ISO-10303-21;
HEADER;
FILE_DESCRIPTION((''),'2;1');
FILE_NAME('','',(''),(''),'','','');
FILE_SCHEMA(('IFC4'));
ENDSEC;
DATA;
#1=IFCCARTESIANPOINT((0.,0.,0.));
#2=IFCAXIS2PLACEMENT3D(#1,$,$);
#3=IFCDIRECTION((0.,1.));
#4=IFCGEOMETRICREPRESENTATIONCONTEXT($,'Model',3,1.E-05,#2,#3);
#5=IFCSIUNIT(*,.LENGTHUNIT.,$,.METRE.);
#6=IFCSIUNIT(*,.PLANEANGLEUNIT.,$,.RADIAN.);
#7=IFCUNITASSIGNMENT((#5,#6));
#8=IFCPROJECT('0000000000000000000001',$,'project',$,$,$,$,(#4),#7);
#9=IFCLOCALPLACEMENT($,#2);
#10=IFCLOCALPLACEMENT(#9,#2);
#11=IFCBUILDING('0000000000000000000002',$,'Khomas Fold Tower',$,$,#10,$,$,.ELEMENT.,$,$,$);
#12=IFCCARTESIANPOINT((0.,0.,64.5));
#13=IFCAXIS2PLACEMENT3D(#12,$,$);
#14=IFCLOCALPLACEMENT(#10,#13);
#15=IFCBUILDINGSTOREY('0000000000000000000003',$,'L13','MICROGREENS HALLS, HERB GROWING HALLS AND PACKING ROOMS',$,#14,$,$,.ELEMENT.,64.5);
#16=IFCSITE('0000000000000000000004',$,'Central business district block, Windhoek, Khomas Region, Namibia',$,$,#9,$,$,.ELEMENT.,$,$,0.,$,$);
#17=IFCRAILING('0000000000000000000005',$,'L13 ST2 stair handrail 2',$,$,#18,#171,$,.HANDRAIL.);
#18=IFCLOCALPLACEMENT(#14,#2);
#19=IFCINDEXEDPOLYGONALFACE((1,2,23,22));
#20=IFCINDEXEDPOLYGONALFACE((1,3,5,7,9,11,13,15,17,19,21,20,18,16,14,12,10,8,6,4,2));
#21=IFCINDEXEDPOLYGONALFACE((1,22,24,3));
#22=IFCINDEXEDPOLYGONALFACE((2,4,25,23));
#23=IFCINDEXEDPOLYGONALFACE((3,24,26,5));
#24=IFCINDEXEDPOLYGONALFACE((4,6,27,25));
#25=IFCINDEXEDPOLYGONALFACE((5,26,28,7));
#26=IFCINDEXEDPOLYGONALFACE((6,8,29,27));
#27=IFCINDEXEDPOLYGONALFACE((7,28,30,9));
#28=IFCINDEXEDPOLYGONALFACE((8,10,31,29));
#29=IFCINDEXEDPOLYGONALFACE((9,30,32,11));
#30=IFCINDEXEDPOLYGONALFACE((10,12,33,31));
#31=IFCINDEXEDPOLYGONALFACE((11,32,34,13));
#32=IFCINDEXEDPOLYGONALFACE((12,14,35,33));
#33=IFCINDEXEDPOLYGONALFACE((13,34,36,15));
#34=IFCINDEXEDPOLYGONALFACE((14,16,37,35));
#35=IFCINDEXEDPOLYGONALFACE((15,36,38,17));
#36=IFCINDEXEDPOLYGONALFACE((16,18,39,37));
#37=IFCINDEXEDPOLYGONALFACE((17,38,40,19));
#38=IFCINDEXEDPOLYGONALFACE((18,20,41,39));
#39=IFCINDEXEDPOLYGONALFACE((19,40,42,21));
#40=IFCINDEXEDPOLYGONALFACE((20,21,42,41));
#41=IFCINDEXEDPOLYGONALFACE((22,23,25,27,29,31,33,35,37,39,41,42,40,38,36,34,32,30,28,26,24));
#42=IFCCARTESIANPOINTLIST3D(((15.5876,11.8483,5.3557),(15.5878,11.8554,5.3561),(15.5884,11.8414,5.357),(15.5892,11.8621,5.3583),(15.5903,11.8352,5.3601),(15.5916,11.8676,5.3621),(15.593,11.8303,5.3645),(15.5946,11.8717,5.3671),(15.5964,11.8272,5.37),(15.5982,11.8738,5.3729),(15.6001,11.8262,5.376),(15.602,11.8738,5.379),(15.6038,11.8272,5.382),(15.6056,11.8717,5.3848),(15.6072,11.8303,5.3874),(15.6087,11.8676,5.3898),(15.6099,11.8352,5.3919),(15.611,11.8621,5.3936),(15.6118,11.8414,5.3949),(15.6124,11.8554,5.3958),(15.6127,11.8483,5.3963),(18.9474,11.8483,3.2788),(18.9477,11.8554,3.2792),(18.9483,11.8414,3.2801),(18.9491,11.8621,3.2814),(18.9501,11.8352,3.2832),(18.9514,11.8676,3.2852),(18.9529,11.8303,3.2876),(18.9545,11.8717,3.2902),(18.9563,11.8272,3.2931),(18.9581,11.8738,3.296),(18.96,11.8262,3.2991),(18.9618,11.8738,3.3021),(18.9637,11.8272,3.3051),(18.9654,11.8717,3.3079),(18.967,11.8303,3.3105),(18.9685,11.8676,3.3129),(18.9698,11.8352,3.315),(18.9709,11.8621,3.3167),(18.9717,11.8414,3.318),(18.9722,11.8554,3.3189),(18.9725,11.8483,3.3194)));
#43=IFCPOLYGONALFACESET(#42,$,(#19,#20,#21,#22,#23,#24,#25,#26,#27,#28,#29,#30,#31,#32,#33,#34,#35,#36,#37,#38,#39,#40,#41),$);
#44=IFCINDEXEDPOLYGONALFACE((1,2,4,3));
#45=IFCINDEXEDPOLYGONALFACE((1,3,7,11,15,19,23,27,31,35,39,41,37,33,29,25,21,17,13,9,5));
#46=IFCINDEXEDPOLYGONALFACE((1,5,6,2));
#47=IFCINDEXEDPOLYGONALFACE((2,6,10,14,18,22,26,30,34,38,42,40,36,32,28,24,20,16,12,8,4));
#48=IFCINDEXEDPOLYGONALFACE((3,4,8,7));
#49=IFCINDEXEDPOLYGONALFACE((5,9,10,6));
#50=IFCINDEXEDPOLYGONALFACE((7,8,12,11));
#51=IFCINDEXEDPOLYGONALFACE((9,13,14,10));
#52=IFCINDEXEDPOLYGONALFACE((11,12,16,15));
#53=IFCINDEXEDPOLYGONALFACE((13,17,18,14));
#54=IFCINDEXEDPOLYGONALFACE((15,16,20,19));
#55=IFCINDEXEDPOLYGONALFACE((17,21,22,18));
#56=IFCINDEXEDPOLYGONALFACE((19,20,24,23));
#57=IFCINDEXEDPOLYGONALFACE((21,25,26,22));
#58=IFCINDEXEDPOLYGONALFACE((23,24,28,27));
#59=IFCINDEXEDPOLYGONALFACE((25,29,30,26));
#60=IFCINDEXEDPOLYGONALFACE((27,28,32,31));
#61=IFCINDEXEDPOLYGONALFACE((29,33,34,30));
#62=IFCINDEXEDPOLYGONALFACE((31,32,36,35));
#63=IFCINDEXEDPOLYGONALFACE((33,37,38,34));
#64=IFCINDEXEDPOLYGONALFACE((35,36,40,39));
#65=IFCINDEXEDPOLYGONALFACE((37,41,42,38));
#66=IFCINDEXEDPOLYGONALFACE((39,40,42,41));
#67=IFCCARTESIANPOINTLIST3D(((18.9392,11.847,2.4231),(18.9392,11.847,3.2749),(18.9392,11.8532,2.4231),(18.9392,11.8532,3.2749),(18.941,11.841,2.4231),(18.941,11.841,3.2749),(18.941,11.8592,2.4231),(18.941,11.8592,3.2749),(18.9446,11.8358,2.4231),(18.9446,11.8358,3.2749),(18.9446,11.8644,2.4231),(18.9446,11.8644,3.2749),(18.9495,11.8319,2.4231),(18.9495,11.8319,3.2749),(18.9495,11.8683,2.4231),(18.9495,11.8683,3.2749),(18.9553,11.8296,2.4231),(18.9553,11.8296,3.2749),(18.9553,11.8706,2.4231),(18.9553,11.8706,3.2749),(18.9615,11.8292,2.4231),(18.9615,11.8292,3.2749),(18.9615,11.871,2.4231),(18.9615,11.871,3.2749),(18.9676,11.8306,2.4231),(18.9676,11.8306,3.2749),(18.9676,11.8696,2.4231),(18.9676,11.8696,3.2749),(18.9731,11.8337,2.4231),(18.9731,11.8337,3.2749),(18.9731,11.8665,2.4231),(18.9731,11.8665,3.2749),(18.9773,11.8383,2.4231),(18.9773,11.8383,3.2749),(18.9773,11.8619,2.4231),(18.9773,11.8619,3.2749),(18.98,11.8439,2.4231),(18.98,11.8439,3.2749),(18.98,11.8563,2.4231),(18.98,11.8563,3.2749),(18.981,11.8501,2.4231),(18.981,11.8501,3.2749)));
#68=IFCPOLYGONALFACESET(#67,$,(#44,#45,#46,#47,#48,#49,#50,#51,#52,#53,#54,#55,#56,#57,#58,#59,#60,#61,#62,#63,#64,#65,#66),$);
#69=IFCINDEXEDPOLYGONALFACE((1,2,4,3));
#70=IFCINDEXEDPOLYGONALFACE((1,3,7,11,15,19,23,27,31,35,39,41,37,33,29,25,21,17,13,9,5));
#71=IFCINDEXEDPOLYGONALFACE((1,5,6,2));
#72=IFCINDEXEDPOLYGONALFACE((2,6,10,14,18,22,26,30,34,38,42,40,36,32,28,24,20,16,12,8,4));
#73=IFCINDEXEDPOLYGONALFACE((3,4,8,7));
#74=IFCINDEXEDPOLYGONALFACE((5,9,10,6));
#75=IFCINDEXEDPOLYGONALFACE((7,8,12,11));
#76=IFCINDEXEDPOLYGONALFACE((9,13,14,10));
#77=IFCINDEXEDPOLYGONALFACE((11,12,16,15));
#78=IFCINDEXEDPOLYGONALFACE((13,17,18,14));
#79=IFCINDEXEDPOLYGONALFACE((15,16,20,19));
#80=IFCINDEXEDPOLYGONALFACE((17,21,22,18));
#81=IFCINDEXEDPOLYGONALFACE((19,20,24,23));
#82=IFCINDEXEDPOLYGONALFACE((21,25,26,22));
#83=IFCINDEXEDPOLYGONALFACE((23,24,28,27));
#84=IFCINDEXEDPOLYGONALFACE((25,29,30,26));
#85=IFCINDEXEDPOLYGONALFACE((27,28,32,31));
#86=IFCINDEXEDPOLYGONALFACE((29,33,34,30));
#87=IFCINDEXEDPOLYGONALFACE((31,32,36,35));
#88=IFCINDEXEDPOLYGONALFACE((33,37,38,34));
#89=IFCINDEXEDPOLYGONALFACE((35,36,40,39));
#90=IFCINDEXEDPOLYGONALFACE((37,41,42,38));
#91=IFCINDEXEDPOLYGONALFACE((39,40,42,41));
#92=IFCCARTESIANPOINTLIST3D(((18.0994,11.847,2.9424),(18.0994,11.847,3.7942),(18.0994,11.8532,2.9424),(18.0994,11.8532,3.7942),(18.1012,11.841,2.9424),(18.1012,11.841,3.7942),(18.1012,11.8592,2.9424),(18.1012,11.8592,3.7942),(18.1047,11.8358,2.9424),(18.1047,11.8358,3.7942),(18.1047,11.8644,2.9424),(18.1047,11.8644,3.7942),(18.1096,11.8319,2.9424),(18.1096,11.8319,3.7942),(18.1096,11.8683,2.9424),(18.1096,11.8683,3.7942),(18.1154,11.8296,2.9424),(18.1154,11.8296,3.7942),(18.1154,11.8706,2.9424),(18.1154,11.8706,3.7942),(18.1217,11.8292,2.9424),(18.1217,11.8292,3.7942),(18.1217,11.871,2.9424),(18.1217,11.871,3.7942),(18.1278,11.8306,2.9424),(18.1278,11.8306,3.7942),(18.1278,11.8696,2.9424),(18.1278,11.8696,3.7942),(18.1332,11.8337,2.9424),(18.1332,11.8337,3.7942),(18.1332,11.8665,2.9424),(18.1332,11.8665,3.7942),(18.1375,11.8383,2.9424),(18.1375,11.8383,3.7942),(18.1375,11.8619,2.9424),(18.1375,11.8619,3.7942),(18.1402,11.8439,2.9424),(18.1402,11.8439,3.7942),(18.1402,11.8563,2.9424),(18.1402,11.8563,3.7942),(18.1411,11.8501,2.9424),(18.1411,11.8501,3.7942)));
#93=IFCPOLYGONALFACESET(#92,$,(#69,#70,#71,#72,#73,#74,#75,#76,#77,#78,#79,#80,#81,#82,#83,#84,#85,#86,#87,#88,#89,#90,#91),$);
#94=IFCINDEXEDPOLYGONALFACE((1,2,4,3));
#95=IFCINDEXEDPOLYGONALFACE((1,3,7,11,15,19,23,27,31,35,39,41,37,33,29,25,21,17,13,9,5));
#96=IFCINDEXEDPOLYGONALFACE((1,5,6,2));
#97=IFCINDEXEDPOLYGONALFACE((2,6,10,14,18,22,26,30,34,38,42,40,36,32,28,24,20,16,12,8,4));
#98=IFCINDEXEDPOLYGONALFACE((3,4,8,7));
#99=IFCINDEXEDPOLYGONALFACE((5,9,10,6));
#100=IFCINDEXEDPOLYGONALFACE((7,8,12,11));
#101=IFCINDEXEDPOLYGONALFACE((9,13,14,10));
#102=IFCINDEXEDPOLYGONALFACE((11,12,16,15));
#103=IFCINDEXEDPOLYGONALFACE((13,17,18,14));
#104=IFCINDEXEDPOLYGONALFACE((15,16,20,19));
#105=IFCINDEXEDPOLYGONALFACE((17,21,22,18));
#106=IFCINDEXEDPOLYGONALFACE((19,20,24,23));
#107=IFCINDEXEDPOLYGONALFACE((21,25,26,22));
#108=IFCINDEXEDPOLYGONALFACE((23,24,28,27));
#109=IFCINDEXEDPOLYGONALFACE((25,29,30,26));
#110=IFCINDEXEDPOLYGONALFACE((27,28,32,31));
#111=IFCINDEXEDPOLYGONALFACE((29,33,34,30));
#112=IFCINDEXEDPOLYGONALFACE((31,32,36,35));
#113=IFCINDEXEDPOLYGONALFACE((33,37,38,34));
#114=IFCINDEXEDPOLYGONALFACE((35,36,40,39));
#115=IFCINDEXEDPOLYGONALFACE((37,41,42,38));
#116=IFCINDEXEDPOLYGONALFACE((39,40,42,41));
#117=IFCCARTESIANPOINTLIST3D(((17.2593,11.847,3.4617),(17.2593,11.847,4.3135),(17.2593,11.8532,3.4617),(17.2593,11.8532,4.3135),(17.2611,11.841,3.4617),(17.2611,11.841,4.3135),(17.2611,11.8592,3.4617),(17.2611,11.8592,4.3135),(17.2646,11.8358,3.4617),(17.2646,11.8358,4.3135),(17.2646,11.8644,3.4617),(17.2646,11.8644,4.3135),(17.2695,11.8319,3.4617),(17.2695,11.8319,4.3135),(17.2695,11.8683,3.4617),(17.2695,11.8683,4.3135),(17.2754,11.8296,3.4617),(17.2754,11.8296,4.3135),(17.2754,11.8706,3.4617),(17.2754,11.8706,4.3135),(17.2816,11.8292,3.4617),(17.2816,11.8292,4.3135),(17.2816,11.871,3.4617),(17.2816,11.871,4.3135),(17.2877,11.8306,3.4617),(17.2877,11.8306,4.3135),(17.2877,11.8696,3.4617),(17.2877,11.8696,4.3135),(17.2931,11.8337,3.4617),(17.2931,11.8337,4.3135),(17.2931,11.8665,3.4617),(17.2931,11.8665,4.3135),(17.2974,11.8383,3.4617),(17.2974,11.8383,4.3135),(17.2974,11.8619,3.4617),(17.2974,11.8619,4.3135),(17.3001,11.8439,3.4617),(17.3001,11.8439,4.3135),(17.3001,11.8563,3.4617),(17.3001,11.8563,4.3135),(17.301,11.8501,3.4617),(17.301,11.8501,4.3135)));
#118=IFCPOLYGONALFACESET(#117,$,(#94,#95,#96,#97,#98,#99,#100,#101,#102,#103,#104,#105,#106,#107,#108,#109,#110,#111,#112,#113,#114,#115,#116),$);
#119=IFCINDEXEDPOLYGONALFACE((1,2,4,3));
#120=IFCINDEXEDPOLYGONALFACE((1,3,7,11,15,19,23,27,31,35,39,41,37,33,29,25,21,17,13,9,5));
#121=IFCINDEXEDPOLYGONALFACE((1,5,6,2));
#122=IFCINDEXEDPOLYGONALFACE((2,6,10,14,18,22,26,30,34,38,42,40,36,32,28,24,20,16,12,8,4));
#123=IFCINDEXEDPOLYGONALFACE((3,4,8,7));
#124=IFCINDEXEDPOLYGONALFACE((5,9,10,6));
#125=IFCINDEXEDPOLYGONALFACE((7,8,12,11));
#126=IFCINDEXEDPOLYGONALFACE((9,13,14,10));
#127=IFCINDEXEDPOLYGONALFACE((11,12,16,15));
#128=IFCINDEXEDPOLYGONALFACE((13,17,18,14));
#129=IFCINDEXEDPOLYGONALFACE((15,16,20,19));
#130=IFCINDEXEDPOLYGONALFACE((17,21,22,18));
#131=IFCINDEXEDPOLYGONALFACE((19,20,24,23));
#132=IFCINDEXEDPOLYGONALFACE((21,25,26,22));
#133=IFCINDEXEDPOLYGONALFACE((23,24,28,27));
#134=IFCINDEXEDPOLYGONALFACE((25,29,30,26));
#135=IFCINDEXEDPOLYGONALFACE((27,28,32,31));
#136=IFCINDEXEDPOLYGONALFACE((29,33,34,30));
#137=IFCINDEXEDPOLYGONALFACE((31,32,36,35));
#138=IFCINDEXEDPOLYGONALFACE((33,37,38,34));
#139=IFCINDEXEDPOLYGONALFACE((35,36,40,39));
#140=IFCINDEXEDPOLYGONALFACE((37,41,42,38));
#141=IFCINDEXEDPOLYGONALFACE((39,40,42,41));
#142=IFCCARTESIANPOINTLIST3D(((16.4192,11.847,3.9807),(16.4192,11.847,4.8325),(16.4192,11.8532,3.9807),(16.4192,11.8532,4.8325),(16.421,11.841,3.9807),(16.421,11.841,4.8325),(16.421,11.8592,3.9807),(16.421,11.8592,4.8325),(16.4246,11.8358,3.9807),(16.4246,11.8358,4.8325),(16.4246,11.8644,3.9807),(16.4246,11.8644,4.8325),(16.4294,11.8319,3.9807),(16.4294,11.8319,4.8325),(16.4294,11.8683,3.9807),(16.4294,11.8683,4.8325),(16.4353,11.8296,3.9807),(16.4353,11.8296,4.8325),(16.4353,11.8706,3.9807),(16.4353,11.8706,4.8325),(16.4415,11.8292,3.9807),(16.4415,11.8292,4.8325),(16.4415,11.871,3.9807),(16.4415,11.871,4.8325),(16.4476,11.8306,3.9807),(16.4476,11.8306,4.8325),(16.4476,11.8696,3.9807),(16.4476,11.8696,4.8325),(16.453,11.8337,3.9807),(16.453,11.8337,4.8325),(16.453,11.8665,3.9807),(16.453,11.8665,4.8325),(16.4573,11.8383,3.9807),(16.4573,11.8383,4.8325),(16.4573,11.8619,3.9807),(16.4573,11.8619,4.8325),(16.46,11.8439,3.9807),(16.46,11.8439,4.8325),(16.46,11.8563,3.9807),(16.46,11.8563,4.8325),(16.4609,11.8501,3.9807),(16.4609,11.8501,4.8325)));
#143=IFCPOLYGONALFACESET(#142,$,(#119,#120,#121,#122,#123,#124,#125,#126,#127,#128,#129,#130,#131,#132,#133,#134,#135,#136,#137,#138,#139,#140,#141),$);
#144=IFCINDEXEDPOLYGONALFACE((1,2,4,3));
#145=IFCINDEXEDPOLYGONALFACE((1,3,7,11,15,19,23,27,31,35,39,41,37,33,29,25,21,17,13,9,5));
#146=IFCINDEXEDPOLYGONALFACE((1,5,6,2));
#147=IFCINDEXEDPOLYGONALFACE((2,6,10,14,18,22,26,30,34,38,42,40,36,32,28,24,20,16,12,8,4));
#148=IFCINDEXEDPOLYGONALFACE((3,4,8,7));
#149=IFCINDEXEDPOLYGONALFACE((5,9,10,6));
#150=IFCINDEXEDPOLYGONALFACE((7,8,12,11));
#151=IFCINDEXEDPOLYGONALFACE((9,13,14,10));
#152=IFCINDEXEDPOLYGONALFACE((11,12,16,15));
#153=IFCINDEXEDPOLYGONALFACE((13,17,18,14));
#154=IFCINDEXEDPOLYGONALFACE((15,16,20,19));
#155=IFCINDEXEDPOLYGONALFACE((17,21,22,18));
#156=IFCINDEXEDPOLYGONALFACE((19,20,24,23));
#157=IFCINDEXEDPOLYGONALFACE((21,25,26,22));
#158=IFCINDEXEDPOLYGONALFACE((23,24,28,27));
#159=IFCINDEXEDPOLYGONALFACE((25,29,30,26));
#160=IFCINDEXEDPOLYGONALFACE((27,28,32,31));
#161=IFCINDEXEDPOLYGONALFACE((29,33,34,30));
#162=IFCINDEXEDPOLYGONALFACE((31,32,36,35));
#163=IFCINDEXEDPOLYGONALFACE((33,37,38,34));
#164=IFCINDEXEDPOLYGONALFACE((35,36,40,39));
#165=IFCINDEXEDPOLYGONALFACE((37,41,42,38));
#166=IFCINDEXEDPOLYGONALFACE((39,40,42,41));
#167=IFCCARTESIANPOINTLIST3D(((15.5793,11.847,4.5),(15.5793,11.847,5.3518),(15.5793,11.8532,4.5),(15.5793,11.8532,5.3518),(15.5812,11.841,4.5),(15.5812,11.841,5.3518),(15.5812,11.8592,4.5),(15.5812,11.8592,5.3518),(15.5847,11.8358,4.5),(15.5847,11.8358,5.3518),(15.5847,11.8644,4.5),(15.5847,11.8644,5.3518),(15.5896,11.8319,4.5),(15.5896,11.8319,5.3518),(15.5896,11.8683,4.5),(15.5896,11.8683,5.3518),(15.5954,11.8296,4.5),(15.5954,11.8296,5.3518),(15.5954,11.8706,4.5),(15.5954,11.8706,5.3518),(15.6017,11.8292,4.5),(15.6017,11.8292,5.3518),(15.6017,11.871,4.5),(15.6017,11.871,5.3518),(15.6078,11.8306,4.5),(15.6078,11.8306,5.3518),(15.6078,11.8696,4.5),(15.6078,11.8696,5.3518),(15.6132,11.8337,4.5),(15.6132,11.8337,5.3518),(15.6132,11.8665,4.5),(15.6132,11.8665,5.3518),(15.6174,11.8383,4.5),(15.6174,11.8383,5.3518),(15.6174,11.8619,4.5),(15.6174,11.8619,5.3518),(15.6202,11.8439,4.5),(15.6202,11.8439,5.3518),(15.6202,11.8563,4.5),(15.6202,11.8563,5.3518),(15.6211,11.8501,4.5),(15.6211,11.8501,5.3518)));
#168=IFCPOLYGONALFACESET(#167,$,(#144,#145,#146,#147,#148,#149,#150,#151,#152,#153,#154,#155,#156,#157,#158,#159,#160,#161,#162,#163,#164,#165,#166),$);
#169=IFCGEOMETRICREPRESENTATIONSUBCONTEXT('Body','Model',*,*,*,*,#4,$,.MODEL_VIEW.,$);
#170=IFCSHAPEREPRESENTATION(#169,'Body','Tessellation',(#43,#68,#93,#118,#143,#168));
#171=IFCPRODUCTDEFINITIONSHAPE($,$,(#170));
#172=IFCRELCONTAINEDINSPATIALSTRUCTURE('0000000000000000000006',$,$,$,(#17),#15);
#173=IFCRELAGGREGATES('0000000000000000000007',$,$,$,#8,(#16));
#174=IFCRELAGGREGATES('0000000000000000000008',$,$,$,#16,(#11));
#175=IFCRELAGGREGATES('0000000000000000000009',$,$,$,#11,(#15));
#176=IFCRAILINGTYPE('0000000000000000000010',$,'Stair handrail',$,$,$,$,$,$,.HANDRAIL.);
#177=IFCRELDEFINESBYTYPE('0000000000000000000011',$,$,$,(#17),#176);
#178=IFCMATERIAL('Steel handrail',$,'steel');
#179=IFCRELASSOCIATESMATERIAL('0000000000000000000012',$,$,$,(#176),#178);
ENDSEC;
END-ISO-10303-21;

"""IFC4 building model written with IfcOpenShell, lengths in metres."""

from ifc_helpers import new_model, si_unit, direction, frame, origin, origin_2d, place, context, subcontext, project, spatial, circle, extrude, source, transform, mapped, material, type_object, element, save


model = new_model("IFC4")

# Units and contexts
model_context = context("Model", 3, precision=1e-05, world=origin(), true_north=direction((0.0, 1.0)))
body_context = subcontext(model_context, "Body", "Model", "MODEL_VIEW")
ifc_project = project(units=[si_unit("LENGTHUNIT", "METRE"), si_unit("PLANEANGLEUNIT", "RADIAN")], contexts=[model_context])

# Site, building, storey
site_placement = place(None, origin())
site = spatial("IfcSite", under=ifc_project, at=site_placement, Name="Central business district block, Windhoek, Khomas Region, Namibia", CompositionType="ELEMENT", RefElevation=0.0)
building_placement = place(site_placement, origin())
building = spatial("IfcBuilding", under=site, at=building_placement, Name="Khomas Fold Tower", CompositionType="ELEMENT")
storey_placement = place(building_placement, frame((0.0, 0.0, 64.5)))
storey = spatial("IfcBuildingStorey", under=building, at=storey_placement, Name="L13", Description="MICROGREENS HALLS, HERB GROWING HALLS AND PACKING ROOMS", CompositionType="ELEMENT", Elevation=64.5)

# Railing
ifc_material_1 = material(Name="Steel handrail", Category="steel")
railing_type_1 = type_object("IfcRailingType", Name="Stair handrail", PredefinedType="HANDRAIL", material=ifc_material_1)
shared_shape_1 = source(origin(), body_context, "Body", "SweptSolid", [
    extrude(circle(Radius=0.0239, at=origin_2d()), frame((0.0, 0.0, 0.876), z_axis=(-0.850606, 0.0, 0.525803), x_axis=(0.0, -1.0, 0.0)), (0.0, 0.0, 1.0), 3.95),
    extrude(circle(Radius=0.021, at=origin_2d()), origin(), (0.0, 0.0, 1.0), 0.8518),
    extrude(circle(Radius=0.021, at=origin_2d()), frame((-0.8398, 0.0, 0.5193)), (0.0, 0.0, 1.0), 0.8518),
    extrude(circle(Radius=0.021, at=origin_2d()), frame((-1.6799, 0.0, 1.0386)), (0.0, 0.0, 1.0), 0.8518),
    extrude(circle(Radius=0.021, at=origin_2d()), frame((-2.52, 0.0, 1.5576)), (0.0, 0.0, 1.0), 0.8518),
    extrude(circle(Radius=0.021, at=origin_2d()), frame((-3.3599, 0.0, 2.0769)), (0.0, 0.0, 1.0), 0.8518),
])
railing_1_placement = place(storey_placement, frame((18.96, 11.8501, 2.4231)))
element("IfcRailing", 1, at=railing_1_placement, inside=storey, type_object=railing_type_1, Name="L13 ST2 stair handrail 2", PredefinedType="HANDRAIL", context=body_context, shape_type="MappedRepresentation", body=[
    mapped(shared_shape_1, transform((0.0, 0.0, 0.0))),
])

save(model, "model.ifc")
